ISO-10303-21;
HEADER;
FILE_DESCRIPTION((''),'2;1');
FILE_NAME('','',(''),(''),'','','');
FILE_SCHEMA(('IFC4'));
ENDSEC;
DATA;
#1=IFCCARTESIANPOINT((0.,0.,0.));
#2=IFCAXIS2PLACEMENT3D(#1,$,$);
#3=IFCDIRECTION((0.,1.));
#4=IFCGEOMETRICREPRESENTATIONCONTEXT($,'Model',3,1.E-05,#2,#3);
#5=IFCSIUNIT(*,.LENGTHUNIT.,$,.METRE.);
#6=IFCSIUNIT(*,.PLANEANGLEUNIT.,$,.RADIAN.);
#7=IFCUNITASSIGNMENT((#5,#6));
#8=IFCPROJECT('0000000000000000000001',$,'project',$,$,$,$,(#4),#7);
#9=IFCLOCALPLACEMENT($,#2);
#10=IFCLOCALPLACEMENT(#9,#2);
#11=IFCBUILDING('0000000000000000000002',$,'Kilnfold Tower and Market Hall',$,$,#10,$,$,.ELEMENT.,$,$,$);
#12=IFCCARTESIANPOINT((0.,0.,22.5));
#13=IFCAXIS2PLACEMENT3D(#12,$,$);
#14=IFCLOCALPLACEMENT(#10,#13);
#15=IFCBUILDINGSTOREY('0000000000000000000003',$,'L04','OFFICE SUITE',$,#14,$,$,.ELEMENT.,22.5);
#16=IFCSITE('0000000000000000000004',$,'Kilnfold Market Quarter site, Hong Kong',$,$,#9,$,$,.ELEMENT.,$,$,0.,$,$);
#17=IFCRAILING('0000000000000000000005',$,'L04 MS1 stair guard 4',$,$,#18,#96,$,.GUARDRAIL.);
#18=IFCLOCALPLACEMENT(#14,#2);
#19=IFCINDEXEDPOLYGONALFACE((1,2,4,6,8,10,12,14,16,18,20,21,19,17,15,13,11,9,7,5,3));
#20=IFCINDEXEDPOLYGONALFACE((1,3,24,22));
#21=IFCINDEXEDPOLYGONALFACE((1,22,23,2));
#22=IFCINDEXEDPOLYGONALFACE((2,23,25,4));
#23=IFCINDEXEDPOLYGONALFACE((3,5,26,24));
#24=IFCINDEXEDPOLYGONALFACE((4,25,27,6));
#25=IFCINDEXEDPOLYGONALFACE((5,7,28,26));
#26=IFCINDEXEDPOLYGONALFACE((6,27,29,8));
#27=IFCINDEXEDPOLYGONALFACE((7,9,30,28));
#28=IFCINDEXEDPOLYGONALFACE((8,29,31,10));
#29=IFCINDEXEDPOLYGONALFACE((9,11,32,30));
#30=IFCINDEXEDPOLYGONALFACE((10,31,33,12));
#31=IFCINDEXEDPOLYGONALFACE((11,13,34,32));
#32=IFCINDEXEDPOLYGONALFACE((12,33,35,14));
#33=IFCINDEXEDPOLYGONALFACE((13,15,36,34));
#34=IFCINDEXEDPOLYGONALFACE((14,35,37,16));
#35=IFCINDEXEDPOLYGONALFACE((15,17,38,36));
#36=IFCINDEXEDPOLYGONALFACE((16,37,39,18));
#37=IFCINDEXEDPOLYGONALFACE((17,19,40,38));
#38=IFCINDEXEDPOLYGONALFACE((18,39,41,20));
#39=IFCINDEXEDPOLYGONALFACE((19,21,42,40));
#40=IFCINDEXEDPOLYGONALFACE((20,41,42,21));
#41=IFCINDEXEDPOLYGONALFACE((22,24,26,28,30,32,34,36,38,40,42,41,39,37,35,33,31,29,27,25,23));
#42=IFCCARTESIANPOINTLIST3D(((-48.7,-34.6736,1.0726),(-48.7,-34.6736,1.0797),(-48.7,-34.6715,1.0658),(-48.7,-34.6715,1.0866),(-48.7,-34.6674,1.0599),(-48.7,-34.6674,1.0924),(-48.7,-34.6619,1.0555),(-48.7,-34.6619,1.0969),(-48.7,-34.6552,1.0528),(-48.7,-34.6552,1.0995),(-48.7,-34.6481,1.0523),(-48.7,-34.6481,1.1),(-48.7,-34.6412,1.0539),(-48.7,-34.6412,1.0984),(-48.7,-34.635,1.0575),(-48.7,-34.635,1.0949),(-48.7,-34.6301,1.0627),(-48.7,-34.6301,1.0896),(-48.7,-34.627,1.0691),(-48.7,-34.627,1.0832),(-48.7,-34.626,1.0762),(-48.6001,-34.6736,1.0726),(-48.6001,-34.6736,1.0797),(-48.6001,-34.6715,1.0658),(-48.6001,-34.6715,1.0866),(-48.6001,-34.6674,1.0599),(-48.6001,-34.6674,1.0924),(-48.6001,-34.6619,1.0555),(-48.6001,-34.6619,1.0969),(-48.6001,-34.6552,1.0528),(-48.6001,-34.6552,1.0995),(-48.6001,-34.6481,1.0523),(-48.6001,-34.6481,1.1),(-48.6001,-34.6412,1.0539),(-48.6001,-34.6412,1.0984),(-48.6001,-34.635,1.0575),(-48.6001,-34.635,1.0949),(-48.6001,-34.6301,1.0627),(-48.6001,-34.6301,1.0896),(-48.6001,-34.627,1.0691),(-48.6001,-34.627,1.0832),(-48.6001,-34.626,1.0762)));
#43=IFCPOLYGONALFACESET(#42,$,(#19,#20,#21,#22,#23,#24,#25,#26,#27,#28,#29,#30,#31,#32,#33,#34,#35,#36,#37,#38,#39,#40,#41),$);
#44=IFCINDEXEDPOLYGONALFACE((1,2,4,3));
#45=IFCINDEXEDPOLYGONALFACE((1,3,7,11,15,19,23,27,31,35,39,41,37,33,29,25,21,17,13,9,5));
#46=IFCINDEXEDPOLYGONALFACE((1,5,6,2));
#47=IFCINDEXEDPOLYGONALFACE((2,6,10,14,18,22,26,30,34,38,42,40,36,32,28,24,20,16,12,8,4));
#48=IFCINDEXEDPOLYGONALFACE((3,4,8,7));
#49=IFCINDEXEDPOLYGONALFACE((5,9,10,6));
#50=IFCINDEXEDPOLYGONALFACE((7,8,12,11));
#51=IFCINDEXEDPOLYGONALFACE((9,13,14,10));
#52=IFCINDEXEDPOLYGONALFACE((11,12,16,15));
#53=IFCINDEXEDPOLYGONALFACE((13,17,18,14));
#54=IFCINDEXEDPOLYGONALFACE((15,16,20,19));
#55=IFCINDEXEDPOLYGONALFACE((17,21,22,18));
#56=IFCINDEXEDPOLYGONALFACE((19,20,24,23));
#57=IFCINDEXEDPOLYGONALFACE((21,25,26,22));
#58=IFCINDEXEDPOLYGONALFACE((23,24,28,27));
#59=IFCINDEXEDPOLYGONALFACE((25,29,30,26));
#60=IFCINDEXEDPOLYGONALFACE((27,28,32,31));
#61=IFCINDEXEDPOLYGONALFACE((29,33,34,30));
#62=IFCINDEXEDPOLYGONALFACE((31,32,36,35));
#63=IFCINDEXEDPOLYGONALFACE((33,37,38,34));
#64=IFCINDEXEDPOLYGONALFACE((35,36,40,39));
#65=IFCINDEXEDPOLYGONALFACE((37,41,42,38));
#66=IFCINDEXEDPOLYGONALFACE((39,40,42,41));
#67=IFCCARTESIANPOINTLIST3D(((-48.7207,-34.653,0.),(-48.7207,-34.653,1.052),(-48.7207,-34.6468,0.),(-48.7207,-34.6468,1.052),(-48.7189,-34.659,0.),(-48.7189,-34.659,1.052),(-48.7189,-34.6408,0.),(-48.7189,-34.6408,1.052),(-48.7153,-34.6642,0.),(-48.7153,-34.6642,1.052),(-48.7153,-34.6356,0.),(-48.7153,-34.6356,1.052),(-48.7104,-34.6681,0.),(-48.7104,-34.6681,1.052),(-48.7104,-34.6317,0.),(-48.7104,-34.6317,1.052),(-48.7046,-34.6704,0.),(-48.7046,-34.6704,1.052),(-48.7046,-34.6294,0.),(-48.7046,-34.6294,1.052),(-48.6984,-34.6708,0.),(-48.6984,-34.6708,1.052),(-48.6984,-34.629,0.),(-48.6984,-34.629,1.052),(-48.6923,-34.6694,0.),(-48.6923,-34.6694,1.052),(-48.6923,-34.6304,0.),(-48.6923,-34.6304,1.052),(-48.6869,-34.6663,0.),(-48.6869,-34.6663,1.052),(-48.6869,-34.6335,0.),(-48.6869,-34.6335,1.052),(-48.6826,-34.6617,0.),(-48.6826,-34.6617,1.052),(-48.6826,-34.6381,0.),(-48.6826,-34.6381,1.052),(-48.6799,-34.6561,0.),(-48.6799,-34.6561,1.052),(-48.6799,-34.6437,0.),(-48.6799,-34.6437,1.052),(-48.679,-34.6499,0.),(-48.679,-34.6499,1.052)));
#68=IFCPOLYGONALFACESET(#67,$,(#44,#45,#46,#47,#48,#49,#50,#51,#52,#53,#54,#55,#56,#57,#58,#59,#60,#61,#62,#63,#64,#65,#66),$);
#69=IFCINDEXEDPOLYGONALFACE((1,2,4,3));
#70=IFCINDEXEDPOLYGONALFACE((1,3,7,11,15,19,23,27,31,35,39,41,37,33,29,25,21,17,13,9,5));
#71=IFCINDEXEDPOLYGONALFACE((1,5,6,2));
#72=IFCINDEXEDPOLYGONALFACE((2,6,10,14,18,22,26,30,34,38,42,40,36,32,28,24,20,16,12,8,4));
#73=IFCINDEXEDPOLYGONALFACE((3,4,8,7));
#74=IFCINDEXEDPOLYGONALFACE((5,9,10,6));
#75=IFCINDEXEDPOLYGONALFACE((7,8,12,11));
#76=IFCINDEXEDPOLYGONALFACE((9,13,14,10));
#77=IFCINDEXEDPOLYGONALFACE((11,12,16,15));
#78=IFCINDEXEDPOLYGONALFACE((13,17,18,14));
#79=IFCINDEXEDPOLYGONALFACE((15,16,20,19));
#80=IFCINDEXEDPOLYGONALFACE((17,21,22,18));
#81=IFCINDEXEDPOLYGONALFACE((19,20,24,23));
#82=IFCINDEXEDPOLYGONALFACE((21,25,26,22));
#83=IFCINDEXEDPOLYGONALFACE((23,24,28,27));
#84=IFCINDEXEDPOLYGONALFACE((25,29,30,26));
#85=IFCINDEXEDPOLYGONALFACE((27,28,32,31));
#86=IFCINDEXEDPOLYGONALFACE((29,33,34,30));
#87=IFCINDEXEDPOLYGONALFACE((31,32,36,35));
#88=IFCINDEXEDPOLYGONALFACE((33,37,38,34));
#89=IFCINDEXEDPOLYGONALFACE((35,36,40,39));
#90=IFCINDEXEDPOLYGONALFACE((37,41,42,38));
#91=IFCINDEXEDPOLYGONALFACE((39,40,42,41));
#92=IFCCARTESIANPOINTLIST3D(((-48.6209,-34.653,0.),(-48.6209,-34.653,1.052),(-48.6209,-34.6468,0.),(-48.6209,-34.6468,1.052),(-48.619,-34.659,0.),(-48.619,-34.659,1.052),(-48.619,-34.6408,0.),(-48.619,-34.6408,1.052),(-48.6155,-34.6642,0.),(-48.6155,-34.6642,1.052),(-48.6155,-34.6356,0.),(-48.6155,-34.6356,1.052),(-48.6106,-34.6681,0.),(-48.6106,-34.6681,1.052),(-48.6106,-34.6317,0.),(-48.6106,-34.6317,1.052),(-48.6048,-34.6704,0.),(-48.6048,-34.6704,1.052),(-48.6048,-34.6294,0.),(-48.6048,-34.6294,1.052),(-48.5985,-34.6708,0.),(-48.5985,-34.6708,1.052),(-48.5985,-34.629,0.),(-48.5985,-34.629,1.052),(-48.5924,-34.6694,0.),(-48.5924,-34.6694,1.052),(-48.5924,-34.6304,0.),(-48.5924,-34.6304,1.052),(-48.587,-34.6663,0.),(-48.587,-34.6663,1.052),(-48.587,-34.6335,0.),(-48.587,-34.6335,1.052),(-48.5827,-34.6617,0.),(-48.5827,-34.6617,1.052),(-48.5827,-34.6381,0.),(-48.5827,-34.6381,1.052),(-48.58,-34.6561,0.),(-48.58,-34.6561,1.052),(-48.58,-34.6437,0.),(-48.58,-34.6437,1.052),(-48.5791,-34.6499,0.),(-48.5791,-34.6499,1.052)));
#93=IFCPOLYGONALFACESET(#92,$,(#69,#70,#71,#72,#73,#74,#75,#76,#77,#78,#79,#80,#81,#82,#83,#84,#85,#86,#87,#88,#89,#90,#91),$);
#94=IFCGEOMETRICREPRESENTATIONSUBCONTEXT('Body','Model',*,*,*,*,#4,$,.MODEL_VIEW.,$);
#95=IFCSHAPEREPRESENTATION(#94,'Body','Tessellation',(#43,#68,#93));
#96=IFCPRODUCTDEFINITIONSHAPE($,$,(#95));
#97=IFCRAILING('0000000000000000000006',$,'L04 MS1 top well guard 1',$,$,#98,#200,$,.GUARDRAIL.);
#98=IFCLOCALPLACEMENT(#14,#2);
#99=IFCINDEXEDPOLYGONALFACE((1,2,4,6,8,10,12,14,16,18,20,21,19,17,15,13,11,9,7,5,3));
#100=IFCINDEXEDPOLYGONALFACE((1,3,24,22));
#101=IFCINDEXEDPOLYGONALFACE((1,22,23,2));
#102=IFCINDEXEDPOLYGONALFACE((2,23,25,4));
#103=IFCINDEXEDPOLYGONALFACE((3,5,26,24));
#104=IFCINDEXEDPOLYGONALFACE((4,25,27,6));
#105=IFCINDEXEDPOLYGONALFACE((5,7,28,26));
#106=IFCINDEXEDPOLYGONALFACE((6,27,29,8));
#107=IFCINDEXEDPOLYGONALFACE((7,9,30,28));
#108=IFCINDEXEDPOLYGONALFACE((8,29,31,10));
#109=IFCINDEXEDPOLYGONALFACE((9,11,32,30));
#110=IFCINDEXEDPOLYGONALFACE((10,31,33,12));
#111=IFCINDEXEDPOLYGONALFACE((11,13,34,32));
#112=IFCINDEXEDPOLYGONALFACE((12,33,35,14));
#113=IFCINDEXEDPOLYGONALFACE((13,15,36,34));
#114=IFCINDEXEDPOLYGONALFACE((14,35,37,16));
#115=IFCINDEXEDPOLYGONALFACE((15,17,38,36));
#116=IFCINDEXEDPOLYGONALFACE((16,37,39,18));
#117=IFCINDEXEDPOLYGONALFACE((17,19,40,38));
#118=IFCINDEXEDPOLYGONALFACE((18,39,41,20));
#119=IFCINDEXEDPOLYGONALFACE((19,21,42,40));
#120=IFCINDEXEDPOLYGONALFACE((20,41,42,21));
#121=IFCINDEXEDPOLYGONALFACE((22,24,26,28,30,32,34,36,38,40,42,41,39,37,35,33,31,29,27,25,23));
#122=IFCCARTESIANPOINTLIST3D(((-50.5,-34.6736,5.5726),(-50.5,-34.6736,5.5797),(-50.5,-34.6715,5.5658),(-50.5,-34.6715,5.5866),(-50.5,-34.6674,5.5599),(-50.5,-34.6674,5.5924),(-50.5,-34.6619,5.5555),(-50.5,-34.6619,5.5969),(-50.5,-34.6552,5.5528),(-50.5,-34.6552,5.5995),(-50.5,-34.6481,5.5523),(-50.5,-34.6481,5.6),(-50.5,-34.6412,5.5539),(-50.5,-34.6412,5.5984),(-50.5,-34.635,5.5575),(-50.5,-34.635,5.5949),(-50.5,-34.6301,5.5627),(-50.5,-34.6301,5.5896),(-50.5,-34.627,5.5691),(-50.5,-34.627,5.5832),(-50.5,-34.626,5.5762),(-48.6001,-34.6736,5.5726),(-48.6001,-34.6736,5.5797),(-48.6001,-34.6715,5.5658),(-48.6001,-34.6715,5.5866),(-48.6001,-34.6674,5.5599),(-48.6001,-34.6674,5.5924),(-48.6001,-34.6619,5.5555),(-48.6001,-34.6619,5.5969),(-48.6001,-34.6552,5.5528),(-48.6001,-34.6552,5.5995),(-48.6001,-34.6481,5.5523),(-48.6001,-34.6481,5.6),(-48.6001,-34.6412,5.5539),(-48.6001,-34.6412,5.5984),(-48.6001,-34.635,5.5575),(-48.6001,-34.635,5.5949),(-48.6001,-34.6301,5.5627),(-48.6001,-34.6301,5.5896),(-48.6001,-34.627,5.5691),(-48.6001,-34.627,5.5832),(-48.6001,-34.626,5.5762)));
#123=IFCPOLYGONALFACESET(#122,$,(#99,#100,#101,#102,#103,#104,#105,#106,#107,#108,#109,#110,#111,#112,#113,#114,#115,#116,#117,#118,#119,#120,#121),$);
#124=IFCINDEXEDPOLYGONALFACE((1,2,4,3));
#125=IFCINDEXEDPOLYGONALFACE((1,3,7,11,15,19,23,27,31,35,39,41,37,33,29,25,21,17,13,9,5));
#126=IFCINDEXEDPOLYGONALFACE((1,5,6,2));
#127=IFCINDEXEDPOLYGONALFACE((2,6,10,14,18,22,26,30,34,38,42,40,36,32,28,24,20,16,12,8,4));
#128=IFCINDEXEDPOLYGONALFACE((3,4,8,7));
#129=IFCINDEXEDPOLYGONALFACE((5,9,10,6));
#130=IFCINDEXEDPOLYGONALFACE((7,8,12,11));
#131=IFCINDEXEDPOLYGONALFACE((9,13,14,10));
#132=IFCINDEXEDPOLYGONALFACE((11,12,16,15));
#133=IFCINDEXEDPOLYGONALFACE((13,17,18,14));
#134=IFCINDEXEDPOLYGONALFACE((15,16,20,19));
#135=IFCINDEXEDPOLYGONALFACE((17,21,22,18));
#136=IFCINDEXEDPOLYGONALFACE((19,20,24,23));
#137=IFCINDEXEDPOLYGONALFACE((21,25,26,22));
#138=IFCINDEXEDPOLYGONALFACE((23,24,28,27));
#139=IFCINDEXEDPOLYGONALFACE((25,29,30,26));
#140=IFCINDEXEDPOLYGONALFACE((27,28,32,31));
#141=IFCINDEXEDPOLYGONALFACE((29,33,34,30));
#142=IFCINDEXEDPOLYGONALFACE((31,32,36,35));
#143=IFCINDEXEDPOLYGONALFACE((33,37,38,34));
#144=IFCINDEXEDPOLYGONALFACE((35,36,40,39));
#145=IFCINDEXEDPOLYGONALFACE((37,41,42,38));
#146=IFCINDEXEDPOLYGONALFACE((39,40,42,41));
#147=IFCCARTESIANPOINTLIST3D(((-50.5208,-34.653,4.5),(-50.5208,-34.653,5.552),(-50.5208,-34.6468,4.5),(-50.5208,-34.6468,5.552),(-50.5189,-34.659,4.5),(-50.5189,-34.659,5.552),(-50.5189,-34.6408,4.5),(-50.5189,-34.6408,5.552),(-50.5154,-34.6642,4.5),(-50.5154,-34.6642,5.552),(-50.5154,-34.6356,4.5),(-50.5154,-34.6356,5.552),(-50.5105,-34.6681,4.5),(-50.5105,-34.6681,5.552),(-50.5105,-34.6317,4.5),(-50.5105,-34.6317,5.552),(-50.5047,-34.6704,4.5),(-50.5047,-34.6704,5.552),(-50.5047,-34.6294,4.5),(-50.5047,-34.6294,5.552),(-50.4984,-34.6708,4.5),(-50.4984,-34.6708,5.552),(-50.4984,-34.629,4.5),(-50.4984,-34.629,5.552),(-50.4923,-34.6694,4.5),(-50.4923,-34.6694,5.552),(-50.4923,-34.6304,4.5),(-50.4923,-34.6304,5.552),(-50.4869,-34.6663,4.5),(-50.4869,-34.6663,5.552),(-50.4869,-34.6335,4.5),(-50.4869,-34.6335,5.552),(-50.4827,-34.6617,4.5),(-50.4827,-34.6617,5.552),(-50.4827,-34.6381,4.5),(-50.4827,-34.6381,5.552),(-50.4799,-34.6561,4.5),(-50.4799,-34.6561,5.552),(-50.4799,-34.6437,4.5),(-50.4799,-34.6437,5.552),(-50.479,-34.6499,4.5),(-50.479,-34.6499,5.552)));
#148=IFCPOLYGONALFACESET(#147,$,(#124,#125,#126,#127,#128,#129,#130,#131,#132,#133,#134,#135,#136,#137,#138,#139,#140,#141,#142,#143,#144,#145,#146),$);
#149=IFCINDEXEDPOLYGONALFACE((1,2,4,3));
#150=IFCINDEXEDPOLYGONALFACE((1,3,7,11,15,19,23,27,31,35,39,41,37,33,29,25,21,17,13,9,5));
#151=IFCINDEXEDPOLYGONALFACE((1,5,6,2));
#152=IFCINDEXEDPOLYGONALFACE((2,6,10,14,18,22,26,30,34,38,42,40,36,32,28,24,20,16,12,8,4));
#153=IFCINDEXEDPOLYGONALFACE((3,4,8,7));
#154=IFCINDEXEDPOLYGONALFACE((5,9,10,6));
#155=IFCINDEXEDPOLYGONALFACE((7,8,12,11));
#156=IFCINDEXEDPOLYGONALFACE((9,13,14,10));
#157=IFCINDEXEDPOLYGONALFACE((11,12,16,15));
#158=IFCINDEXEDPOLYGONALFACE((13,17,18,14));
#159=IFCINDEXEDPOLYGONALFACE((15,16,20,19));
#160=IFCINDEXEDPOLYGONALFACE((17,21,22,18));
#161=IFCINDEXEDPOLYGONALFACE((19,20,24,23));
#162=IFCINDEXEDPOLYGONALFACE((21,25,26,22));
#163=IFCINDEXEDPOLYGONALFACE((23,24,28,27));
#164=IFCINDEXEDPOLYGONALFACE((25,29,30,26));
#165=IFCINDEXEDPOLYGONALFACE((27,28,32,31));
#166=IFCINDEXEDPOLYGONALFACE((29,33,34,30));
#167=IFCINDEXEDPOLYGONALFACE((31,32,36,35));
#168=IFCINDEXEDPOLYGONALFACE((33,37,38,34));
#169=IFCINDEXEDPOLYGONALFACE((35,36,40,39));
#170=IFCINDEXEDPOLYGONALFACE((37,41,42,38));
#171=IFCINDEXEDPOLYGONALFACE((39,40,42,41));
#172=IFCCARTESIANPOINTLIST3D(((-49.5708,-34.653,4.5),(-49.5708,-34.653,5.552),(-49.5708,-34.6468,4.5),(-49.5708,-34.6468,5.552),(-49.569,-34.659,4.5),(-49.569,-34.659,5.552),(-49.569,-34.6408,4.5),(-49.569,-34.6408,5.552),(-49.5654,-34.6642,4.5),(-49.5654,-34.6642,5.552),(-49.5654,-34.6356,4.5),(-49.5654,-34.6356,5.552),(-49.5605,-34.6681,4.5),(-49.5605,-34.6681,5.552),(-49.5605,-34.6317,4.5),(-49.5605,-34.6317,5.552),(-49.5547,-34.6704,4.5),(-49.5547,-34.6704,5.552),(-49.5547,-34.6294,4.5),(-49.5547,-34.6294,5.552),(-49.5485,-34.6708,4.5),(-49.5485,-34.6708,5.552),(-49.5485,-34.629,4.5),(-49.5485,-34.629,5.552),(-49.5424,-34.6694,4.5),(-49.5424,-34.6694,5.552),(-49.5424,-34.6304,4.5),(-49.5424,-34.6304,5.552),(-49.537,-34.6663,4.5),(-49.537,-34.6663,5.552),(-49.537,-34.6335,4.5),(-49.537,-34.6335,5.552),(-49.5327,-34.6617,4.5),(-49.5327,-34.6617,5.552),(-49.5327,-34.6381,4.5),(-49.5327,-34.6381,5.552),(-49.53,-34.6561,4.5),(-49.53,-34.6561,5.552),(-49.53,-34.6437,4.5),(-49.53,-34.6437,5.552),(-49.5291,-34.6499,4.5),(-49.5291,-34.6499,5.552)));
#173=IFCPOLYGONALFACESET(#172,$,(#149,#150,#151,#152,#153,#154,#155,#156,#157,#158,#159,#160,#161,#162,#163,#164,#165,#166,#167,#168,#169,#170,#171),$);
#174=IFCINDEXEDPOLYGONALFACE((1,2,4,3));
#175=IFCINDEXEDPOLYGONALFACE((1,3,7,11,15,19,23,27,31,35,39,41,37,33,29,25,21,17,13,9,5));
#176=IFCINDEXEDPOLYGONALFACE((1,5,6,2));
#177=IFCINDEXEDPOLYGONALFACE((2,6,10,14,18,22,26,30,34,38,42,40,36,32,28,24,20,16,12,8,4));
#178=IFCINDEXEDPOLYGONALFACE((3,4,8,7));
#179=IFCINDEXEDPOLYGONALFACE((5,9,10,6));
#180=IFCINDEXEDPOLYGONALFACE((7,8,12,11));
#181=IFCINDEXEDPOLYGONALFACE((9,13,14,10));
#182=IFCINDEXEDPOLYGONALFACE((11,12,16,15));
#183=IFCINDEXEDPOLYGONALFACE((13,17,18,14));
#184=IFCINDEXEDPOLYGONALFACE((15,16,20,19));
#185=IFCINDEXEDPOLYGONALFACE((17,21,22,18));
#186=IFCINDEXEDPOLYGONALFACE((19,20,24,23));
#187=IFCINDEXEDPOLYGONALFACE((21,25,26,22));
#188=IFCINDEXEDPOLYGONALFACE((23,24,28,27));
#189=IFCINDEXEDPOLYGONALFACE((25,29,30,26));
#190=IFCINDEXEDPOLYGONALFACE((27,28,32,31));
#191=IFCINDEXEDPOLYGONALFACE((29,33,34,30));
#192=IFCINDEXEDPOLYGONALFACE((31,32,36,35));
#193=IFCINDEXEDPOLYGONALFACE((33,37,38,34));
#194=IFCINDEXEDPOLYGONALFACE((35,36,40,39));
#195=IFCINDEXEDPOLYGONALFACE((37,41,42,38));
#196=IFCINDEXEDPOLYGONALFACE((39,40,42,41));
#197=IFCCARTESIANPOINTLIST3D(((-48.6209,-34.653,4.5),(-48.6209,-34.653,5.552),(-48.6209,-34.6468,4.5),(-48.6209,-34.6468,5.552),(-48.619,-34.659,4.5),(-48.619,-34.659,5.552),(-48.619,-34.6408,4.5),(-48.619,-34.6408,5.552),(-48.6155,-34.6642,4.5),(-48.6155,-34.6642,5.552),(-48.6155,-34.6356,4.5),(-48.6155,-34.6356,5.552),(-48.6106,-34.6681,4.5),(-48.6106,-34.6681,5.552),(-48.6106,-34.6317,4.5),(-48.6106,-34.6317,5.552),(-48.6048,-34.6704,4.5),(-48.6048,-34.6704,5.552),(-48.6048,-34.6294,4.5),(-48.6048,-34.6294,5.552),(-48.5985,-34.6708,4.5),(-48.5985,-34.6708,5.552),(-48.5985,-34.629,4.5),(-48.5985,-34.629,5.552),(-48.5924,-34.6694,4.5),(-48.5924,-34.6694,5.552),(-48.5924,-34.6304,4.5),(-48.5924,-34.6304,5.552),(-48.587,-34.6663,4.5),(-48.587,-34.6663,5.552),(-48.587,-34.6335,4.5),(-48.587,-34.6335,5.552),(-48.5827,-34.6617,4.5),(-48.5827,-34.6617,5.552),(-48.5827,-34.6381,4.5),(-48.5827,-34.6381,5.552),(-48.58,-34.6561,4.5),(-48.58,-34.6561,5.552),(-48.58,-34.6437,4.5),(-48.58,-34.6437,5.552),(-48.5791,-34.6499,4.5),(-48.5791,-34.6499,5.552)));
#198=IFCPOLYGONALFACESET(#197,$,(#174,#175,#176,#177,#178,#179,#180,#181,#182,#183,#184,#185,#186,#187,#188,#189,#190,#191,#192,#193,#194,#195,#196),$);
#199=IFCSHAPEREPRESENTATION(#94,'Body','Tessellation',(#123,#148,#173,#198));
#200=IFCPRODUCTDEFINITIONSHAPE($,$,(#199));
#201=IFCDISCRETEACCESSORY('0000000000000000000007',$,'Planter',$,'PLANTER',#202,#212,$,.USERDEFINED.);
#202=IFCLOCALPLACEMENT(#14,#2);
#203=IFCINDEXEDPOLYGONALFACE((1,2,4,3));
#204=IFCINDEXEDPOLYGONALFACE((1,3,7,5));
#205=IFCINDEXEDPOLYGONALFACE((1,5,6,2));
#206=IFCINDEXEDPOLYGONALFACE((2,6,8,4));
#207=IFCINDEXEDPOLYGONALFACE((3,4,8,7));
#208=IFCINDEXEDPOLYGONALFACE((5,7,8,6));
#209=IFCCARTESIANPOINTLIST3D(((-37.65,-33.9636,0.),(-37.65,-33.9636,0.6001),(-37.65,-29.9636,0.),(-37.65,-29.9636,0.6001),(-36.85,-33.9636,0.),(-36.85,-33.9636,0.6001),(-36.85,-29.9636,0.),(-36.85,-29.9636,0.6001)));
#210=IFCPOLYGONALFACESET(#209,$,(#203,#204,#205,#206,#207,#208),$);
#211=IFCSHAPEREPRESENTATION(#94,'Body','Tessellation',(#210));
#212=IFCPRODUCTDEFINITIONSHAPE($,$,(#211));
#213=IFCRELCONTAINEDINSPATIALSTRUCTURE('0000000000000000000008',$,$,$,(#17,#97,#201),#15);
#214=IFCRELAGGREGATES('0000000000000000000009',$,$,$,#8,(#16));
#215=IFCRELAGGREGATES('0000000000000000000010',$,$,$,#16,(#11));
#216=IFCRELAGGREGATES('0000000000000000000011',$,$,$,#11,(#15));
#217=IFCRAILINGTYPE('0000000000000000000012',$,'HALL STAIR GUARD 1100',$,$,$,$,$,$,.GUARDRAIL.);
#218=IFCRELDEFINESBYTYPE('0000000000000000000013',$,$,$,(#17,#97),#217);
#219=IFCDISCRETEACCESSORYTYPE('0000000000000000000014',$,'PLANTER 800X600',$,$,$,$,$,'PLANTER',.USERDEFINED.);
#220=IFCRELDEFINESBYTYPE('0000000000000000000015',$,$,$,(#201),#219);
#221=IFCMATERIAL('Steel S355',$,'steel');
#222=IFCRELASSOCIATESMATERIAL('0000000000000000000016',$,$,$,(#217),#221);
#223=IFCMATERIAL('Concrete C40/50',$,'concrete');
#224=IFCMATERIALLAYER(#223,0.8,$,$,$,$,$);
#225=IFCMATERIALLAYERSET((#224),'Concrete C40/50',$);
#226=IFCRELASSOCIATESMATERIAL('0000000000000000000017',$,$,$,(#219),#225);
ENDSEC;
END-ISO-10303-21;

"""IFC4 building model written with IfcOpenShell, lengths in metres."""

from ifc_helpers import new_model, si_unit, direction, frame, origin, origin_2d, place, context, subcontext, project, spatial, rectangle, circle, extrude, source, transform, mapped, material, layer, layer_set, type_object, element, save


model = new_model("IFC4")

# Units and contexts
model_context = context("Model", 3, precision=1e-05, world=origin(), true_north=direction((0.0, 1.0)))
body_context = subcontext(model_context, "Body", "Model", "MODEL_VIEW")
ifc_project = project(units=[si_unit("LENGTHUNIT", "METRE"), si_unit("PLANEANGLEUNIT", "RADIAN")], contexts=[model_context])

# Site, building, storey
site_placement = place(None, origin())
site = spatial("IfcSite", under=ifc_project, at=site_placement, Name="Kilnfold Market Quarter site, Hong Kong", CompositionType="ELEMENT", RefElevation=0.0)
building_placement = place(site_placement, origin())
building = spatial("IfcBuilding", under=site, at=building_placement, Name="Kilnfold Tower and Market Hall", CompositionType="ELEMENT")
storey_placement = place(building_placement, frame((0.0, 0.0, 22.5)))
storey = spatial("IfcBuildingStorey", under=building, at=storey_placement, Name="L04", Description="OFFICE SUITE", CompositionType="ELEMENT", Elevation=22.5)

# Railings
ifc_material_1 = material(Name="Steel S355", Category="steel")
railing_type_1 = type_object("IfcRailingType", Name="HALL STAIR GUARD 1100", PredefinedType="GUARDRAIL", material=ifc_material_1)
railing_1_placement = place(storey_placement, frame((-48.7, -34.6499, 0.0)))
element("IfcRailing", 1, at=railing_1_placement, inside=storey, type_object=railing_type_1, Name="L04 MS1 stair guard 4", PredefinedType="GUARDRAIL", context=body_context, shape_type="SweptSolid", body=[
    extrude(circle(Radius=0.0239, at=origin_2d()), frame((0.0, 0.0, 1.0762), z_axis=(1.0, 0.0, 0.0), x_axis=(0.0, 1.0, 0.0)), (0.0, 0.0, 1.0), 0.0999),
    extrude(circle(Radius=0.021, at=origin_2d()), origin(), (0.0, 0.0, 1.0), 1.052),
    extrude(circle(Radius=0.021, at=origin_2d()), frame((0.0999, 0.0, 0.0)), (0.0, 0.0, 1.0), 1.052),
])
railing_2_placement = place(storey_placement, frame((-50.5, -34.6499, 4.5)))
element("IfcRailing", 2, at=railing_2_placement, inside=storey, type_object=railing_type_1, Name="L04 MS1 top well guard 1", PredefinedType="GUARDRAIL", context=body_context, shape_type="SweptSolid", body=[
    extrude(circle(Radius=0.0239, at=origin_2d()), frame((0.0, 0.0, 1.0762), z_axis=(1.0, 0.0, 0.0), x_axis=(0.0, 1.0, 0.0)), (0.0, 0.0, 1.0), 1.8999),
    extrude(circle(Radius=0.021, at=origin_2d()), origin(), (0.0, 0.0, 1.0), 1.052),
    extrude(circle(Radius=0.021, at=origin_2d()), frame((0.95, 0.0, 0.0)), (0.0, 0.0, 1.0), 1.052),
    extrude(circle(Radius=0.021, at=origin_2d()), frame((1.8999, 0.0, 0.0)), (0.0, 0.0, 1.0), 1.052),
])

# Discrete accessory
ifc_material_2 = material(Name="Concrete C40/50", Category="concrete")
ifc_layer_1 = layer(ifc_material_2, 0.8)
ifc_layer_set_1 = layer_set([ifc_layer_1], Name="Concrete C40/50")
discrete_accessory_type = type_object("IfcDiscreteAccessoryType", Name="PLANTER 800X600", ElementType="PLANTER", PredefinedType="USERDEFINED", material=ifc_layer_set_1)
shared_shape_1 = source(origin(), body_context, "Body", "SweptSolid", [
    extrude(rectangle(XDim=4.0, YDim=0.8, at=origin_2d()), origin(), (0.0, 0.0, 1.0), 0.6001),
])
discrete_accessory_placement = place(storey_placement, frame((-37.25, -31.9636, 0.0), z_axis=(0.0, 0.0, 1.0), x_axis=(0.0, -1.0, 0.0)))
element("IfcDiscreteAccessory", 3, at=discrete_accessory_placement, inside=storey, type_object=discrete_accessory_type, Name="Planter", ObjectType="PLANTER", PredefinedType="USERDEFINED", context=body_context, shape_type="MappedRepresentation", body=[
    mapped(shared_shape_1, transform((0.0, 0.0, 0.0))),
])

save(model, "model.ifc")
